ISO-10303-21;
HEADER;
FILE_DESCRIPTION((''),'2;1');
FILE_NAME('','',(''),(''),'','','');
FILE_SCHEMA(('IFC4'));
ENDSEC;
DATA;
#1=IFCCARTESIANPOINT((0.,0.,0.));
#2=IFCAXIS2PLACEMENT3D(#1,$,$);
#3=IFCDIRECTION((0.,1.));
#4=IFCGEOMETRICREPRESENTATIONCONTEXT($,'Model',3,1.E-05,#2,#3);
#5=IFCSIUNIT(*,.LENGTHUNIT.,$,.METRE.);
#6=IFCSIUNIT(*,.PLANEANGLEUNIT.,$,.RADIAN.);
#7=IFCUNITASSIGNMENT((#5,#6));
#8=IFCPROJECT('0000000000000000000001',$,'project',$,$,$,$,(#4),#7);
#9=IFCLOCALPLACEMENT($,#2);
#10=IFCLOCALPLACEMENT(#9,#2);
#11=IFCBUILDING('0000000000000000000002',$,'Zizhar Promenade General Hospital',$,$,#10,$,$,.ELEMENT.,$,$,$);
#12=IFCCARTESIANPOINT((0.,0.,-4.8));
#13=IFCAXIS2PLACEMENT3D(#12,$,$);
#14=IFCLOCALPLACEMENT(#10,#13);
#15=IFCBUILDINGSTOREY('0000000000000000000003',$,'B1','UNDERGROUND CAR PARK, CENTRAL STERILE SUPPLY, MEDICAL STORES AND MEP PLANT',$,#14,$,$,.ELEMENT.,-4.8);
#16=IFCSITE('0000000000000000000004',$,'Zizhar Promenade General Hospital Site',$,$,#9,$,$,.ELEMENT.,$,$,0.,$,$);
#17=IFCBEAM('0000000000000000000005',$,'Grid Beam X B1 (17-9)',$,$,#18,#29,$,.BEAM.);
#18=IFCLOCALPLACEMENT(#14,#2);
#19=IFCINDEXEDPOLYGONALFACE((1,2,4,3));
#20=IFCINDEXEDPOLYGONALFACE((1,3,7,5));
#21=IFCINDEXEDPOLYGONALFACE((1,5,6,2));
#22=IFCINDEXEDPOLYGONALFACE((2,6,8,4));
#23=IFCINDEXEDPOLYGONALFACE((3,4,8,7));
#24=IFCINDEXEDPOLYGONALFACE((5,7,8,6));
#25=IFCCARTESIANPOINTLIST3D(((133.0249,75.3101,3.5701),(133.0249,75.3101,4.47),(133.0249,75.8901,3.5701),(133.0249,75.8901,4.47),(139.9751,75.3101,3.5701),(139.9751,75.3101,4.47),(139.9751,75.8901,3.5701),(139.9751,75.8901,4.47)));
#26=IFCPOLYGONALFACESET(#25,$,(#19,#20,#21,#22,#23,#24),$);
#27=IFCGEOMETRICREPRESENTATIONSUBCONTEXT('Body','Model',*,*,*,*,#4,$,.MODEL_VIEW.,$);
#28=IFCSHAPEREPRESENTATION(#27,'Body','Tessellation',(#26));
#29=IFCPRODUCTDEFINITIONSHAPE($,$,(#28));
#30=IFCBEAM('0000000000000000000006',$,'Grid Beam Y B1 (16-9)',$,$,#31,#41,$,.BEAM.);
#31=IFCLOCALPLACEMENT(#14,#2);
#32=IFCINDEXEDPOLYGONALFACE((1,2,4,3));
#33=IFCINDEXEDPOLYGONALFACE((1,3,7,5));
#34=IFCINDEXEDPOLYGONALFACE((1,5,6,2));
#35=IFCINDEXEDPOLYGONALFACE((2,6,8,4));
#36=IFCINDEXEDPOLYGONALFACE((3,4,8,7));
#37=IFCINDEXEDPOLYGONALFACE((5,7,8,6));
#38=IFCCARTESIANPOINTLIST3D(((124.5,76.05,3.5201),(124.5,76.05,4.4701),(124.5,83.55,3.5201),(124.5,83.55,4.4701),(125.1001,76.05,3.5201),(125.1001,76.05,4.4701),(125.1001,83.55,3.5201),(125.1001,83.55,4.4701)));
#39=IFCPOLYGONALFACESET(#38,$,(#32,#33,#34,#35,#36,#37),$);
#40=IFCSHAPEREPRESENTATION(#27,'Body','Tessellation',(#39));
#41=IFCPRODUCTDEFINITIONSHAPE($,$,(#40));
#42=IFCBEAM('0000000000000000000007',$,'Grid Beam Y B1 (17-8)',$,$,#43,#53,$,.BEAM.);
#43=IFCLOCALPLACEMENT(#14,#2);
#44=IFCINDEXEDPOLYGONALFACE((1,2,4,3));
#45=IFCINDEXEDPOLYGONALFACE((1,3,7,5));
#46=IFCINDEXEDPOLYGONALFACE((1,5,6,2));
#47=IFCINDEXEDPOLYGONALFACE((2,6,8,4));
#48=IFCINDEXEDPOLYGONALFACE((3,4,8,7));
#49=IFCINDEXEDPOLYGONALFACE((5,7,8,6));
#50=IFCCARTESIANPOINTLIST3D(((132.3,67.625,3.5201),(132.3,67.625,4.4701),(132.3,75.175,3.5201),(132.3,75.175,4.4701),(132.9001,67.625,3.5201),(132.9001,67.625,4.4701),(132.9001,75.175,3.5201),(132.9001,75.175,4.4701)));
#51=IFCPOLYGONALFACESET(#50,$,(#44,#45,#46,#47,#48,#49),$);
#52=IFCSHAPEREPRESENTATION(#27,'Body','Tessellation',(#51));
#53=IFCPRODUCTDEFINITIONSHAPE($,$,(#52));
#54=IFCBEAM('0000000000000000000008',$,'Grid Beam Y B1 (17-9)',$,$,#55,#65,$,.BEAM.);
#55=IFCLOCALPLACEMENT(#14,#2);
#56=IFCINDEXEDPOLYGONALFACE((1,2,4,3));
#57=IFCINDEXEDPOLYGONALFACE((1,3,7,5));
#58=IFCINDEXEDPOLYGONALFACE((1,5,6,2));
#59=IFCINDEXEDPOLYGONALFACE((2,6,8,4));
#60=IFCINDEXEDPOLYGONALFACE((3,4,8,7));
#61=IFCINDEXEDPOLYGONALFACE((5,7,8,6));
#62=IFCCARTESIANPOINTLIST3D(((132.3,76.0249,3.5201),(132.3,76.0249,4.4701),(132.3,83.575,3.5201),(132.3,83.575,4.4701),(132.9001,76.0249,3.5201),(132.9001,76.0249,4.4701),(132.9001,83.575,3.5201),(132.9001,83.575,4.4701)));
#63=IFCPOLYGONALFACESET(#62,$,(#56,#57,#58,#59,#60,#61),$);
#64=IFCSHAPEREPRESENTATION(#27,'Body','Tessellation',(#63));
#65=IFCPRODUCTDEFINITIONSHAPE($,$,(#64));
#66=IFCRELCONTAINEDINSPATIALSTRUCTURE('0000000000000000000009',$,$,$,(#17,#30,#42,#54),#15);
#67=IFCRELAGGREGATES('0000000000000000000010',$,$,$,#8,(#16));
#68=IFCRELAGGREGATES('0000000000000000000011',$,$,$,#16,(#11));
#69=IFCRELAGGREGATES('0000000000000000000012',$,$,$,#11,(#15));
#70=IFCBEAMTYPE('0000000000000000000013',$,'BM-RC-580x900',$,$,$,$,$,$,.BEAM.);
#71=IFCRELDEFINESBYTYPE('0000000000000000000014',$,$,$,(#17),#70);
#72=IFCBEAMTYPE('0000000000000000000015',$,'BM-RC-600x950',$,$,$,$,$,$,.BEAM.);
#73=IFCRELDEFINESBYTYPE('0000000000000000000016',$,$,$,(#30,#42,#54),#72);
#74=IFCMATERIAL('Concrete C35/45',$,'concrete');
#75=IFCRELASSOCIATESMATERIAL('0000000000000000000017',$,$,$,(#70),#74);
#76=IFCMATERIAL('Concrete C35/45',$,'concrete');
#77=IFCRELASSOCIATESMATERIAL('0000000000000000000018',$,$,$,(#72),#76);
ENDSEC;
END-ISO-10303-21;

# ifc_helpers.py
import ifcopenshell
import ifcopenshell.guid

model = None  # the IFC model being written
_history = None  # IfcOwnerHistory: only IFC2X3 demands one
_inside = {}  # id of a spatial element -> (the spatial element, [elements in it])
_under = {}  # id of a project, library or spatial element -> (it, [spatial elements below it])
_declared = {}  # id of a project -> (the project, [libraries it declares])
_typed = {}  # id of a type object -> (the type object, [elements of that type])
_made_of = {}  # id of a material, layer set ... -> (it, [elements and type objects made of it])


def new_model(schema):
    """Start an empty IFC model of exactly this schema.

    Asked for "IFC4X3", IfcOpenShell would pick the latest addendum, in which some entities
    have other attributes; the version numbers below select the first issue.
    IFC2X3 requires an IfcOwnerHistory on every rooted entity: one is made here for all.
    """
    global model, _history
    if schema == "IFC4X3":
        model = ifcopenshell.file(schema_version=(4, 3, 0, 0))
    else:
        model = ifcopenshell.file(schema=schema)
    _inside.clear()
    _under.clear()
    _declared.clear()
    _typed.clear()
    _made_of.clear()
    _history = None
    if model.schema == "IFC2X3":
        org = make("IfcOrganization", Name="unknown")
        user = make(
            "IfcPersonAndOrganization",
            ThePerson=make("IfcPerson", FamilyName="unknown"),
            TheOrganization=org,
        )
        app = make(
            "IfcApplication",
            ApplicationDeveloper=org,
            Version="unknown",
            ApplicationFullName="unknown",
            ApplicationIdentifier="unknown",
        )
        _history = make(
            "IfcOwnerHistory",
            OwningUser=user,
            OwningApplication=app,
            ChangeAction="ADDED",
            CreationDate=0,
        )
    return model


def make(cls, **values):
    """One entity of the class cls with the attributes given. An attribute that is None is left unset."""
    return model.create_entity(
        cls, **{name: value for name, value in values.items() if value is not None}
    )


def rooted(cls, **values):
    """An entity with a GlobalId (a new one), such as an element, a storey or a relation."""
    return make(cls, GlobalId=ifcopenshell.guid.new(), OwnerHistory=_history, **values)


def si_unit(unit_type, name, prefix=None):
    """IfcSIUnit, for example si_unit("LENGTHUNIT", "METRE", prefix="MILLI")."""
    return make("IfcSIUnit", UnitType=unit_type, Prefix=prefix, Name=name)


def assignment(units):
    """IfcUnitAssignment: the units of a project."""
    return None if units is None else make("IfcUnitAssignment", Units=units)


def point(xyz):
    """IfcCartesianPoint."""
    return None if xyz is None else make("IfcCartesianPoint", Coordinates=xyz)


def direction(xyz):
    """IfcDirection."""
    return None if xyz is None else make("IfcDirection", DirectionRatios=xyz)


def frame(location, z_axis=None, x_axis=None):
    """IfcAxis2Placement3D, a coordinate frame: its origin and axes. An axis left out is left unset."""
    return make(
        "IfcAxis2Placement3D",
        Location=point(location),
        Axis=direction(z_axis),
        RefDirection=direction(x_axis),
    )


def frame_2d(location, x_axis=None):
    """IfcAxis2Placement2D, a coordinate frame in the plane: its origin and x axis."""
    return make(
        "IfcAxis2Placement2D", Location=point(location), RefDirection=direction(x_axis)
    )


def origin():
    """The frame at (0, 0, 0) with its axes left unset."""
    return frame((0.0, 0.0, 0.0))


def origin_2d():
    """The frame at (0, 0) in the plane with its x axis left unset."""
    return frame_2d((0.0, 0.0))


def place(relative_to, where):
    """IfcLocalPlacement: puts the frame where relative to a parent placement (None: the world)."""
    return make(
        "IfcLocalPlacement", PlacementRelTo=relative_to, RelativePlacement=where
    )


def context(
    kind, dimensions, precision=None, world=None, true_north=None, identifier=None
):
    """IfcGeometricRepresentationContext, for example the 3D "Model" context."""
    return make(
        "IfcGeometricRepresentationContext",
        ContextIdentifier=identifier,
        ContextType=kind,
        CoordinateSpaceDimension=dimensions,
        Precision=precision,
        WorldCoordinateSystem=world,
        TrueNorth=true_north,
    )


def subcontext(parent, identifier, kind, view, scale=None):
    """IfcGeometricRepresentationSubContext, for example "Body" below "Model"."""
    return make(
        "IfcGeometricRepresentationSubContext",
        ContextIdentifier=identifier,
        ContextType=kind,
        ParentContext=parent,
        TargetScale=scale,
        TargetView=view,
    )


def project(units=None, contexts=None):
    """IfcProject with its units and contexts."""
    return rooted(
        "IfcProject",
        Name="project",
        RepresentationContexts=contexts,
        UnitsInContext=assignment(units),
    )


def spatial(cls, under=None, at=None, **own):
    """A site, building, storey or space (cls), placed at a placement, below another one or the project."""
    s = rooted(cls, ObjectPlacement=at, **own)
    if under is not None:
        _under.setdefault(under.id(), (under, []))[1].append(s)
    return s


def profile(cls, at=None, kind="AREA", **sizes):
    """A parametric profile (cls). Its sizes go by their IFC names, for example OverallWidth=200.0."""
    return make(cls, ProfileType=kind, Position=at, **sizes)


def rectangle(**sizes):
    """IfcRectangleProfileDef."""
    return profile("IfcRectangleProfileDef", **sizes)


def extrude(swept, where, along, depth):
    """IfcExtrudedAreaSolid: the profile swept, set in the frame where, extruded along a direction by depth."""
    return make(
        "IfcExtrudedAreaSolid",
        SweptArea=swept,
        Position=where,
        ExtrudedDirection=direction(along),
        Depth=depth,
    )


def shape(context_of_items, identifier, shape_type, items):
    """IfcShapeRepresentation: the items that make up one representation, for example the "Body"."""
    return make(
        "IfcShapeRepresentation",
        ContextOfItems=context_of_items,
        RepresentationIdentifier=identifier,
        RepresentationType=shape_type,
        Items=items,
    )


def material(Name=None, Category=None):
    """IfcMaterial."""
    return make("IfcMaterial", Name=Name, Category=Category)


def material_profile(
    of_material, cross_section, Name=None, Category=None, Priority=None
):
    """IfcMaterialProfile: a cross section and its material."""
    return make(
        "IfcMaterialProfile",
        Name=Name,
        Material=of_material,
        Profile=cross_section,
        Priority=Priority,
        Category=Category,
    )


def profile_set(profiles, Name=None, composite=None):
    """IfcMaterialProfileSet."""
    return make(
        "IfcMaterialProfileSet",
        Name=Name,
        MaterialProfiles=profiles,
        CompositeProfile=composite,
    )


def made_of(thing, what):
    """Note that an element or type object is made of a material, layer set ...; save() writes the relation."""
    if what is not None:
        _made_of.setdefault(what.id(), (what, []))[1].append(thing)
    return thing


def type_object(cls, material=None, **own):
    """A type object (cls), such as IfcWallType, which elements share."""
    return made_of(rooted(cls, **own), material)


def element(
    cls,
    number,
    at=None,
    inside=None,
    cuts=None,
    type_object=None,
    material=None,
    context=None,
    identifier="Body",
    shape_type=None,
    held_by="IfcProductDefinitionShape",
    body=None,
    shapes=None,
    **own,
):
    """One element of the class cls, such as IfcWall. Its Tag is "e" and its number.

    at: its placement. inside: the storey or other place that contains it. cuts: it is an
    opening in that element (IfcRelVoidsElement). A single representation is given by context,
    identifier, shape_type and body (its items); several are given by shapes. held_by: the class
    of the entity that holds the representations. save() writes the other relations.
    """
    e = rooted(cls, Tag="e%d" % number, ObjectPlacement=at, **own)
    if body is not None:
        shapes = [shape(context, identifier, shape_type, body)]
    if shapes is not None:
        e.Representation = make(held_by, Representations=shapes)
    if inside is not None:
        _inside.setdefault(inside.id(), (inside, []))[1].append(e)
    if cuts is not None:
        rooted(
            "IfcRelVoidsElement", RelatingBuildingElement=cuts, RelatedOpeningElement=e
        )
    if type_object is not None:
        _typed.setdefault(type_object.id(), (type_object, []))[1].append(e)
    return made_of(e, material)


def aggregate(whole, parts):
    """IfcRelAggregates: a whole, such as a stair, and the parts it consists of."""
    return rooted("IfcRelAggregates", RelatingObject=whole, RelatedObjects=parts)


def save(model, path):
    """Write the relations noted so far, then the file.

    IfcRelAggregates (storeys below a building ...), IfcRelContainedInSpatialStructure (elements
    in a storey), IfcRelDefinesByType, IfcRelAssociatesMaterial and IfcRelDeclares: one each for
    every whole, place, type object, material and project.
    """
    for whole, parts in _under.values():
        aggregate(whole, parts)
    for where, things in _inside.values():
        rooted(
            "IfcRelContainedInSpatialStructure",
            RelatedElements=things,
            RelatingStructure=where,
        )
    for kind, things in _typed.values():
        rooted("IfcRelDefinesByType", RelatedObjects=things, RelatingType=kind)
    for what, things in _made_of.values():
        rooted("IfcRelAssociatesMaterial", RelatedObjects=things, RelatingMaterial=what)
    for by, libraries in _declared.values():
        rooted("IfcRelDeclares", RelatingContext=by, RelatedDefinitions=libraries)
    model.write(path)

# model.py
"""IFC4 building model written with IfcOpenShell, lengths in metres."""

from ifc_helpers import new_model, si_unit, direction, frame, origin, origin_2d, place, context, subcontext, project, spatial, rectangle, extrude, material, material_profile, profile_set, type_object, element, save


model = new_model("IFC4")

# Units and contexts
model_context = context("Model", 3, precision=1e-05, world=origin(), true_north=direction((0.0, 1.0)))
body_context = subcontext(model_context, "Body", "Model", "MODEL_VIEW")
ifc_project = project(units=[si_unit("LENGTHUNIT", "METRE"), si_unit("PLANEANGLEUNIT", "RADIAN")], contexts=[model_context])

# Site, building, storey
site_placement = place(None, origin())
site = spatial("IfcSite", under=ifc_project, at=site_placement, Name="Zizhar Promenade General Hospital Site", CompositionType="ELEMENT", RefElevation=0.0)
building_placement = place(site_placement, origin())
building = spatial("IfcBuilding", under=site, at=building_placement, Name="Zizhar Promenade General Hospital", CompositionType="ELEMENT")
storey_placement = place(building_placement, frame((0.0, 0.0, -4.8)))
storey = spatial("IfcBuildingStorey", under=building, at=storey_placement, Name="B1", Description="UNDERGROUND CAR PARK, CENTRAL STERILE SUPPLY, MEDICAL STORES AND MEP PLANT", CompositionType="ELEMENT", Elevation=-4.8)

# Beams
ifc_material_1 = material(Name="Concrete C35/45", Category="concrete")
ifc_material_profile_1 = material_profile(ifc_material_1, rectangle(XDim=0.5801, YDim=0.8999, at=origin_2d()))
ifc_profile_set_1 = profile_set([ifc_material_profile_1], Name="Concrete C35/45")
beam_type_1 = type_object("IfcBeamType", Name="BM-RC-580x900", PredefinedType="BEAM", material=ifc_profile_set_1)
beam_1_placement = place(storey_placement, frame((133.0249, 75.6001, 4.02), z_axis=(1.0, 0.0, 0.0), x_axis=(0.0, 1.0, 0.0)))
element("IfcBeam", 1, at=beam_1_placement, inside=storey, type_object=beam_type_1, Name="Grid Beam X B1 (17-9)", PredefinedType="BEAM", context=body_context, shape_type="SweptSolid", body=[
    extrude(rectangle(XDim=0.5801, YDim=0.8999, at=origin_2d()), origin(), (0.0, 0.0, 1.0), 6.9502),
])
ifc_material_2 = material(Name="Concrete C35/45", Category="concrete")
ifc_material_profile_2 = material_profile(ifc_material_2, rectangle(XDim=0.6001, YDim=0.95, at=origin_2d()))
ifc_profile_set_2 = profile_set([ifc_material_profile_2], Name="Concrete C35/45")
beam_type_2 = type_object("IfcBeamType", Name="BM-RC-600x950", PredefinedType="BEAM", material=ifc_profile_set_2)
beam_2_placement = place(storey_placement, frame((124.8, 76.05, 3.9951), z_axis=(0.0, 1.0, 0.0), x_axis=(-1.0, 0.0, 0.0)))
element("IfcBeam", 2, at=beam_2_placement, inside=storey, type_object=beam_type_2, Name="Grid Beam Y B1 (16-9)", PredefinedType="BEAM", context=body_context, shape_type="SweptSolid", body=[
    extrude(rectangle(XDim=0.6001, YDim=0.95, at=origin_2d()), origin(), (0.0, 0.0, 1.0), 7.5),
])
for number, where, z_axis, x_axis, name in (
    (3, (132.6001, 67.625, 3.9951), (0.0, 1.0, 0.0), (-1.0, 0.0, 0.0), "Grid Beam Y B1 (17-8)"),
    (4, (132.6001, 76.0249, 3.9951), (0.0, 1.0, 0.0), (-1.0, 0.0, 0.0), "Grid Beam Y B1 (17-9)"),
):
    element("IfcBeam", number, at=place(storey_placement, frame(where, z_axis=z_axis, x_axis=x_axis)), inside=storey, type_object=beam_type_2, Name=name, PredefinedType="BEAM", context=body_context, shape_type="SweptSolid", body=[
        extrude(rectangle(XDim=0.6001, YDim=0.95, at=origin_2d()), origin(), (0.0, 0.0, 1.0), 7.55),
    ])

save(model, "model.ifc")
